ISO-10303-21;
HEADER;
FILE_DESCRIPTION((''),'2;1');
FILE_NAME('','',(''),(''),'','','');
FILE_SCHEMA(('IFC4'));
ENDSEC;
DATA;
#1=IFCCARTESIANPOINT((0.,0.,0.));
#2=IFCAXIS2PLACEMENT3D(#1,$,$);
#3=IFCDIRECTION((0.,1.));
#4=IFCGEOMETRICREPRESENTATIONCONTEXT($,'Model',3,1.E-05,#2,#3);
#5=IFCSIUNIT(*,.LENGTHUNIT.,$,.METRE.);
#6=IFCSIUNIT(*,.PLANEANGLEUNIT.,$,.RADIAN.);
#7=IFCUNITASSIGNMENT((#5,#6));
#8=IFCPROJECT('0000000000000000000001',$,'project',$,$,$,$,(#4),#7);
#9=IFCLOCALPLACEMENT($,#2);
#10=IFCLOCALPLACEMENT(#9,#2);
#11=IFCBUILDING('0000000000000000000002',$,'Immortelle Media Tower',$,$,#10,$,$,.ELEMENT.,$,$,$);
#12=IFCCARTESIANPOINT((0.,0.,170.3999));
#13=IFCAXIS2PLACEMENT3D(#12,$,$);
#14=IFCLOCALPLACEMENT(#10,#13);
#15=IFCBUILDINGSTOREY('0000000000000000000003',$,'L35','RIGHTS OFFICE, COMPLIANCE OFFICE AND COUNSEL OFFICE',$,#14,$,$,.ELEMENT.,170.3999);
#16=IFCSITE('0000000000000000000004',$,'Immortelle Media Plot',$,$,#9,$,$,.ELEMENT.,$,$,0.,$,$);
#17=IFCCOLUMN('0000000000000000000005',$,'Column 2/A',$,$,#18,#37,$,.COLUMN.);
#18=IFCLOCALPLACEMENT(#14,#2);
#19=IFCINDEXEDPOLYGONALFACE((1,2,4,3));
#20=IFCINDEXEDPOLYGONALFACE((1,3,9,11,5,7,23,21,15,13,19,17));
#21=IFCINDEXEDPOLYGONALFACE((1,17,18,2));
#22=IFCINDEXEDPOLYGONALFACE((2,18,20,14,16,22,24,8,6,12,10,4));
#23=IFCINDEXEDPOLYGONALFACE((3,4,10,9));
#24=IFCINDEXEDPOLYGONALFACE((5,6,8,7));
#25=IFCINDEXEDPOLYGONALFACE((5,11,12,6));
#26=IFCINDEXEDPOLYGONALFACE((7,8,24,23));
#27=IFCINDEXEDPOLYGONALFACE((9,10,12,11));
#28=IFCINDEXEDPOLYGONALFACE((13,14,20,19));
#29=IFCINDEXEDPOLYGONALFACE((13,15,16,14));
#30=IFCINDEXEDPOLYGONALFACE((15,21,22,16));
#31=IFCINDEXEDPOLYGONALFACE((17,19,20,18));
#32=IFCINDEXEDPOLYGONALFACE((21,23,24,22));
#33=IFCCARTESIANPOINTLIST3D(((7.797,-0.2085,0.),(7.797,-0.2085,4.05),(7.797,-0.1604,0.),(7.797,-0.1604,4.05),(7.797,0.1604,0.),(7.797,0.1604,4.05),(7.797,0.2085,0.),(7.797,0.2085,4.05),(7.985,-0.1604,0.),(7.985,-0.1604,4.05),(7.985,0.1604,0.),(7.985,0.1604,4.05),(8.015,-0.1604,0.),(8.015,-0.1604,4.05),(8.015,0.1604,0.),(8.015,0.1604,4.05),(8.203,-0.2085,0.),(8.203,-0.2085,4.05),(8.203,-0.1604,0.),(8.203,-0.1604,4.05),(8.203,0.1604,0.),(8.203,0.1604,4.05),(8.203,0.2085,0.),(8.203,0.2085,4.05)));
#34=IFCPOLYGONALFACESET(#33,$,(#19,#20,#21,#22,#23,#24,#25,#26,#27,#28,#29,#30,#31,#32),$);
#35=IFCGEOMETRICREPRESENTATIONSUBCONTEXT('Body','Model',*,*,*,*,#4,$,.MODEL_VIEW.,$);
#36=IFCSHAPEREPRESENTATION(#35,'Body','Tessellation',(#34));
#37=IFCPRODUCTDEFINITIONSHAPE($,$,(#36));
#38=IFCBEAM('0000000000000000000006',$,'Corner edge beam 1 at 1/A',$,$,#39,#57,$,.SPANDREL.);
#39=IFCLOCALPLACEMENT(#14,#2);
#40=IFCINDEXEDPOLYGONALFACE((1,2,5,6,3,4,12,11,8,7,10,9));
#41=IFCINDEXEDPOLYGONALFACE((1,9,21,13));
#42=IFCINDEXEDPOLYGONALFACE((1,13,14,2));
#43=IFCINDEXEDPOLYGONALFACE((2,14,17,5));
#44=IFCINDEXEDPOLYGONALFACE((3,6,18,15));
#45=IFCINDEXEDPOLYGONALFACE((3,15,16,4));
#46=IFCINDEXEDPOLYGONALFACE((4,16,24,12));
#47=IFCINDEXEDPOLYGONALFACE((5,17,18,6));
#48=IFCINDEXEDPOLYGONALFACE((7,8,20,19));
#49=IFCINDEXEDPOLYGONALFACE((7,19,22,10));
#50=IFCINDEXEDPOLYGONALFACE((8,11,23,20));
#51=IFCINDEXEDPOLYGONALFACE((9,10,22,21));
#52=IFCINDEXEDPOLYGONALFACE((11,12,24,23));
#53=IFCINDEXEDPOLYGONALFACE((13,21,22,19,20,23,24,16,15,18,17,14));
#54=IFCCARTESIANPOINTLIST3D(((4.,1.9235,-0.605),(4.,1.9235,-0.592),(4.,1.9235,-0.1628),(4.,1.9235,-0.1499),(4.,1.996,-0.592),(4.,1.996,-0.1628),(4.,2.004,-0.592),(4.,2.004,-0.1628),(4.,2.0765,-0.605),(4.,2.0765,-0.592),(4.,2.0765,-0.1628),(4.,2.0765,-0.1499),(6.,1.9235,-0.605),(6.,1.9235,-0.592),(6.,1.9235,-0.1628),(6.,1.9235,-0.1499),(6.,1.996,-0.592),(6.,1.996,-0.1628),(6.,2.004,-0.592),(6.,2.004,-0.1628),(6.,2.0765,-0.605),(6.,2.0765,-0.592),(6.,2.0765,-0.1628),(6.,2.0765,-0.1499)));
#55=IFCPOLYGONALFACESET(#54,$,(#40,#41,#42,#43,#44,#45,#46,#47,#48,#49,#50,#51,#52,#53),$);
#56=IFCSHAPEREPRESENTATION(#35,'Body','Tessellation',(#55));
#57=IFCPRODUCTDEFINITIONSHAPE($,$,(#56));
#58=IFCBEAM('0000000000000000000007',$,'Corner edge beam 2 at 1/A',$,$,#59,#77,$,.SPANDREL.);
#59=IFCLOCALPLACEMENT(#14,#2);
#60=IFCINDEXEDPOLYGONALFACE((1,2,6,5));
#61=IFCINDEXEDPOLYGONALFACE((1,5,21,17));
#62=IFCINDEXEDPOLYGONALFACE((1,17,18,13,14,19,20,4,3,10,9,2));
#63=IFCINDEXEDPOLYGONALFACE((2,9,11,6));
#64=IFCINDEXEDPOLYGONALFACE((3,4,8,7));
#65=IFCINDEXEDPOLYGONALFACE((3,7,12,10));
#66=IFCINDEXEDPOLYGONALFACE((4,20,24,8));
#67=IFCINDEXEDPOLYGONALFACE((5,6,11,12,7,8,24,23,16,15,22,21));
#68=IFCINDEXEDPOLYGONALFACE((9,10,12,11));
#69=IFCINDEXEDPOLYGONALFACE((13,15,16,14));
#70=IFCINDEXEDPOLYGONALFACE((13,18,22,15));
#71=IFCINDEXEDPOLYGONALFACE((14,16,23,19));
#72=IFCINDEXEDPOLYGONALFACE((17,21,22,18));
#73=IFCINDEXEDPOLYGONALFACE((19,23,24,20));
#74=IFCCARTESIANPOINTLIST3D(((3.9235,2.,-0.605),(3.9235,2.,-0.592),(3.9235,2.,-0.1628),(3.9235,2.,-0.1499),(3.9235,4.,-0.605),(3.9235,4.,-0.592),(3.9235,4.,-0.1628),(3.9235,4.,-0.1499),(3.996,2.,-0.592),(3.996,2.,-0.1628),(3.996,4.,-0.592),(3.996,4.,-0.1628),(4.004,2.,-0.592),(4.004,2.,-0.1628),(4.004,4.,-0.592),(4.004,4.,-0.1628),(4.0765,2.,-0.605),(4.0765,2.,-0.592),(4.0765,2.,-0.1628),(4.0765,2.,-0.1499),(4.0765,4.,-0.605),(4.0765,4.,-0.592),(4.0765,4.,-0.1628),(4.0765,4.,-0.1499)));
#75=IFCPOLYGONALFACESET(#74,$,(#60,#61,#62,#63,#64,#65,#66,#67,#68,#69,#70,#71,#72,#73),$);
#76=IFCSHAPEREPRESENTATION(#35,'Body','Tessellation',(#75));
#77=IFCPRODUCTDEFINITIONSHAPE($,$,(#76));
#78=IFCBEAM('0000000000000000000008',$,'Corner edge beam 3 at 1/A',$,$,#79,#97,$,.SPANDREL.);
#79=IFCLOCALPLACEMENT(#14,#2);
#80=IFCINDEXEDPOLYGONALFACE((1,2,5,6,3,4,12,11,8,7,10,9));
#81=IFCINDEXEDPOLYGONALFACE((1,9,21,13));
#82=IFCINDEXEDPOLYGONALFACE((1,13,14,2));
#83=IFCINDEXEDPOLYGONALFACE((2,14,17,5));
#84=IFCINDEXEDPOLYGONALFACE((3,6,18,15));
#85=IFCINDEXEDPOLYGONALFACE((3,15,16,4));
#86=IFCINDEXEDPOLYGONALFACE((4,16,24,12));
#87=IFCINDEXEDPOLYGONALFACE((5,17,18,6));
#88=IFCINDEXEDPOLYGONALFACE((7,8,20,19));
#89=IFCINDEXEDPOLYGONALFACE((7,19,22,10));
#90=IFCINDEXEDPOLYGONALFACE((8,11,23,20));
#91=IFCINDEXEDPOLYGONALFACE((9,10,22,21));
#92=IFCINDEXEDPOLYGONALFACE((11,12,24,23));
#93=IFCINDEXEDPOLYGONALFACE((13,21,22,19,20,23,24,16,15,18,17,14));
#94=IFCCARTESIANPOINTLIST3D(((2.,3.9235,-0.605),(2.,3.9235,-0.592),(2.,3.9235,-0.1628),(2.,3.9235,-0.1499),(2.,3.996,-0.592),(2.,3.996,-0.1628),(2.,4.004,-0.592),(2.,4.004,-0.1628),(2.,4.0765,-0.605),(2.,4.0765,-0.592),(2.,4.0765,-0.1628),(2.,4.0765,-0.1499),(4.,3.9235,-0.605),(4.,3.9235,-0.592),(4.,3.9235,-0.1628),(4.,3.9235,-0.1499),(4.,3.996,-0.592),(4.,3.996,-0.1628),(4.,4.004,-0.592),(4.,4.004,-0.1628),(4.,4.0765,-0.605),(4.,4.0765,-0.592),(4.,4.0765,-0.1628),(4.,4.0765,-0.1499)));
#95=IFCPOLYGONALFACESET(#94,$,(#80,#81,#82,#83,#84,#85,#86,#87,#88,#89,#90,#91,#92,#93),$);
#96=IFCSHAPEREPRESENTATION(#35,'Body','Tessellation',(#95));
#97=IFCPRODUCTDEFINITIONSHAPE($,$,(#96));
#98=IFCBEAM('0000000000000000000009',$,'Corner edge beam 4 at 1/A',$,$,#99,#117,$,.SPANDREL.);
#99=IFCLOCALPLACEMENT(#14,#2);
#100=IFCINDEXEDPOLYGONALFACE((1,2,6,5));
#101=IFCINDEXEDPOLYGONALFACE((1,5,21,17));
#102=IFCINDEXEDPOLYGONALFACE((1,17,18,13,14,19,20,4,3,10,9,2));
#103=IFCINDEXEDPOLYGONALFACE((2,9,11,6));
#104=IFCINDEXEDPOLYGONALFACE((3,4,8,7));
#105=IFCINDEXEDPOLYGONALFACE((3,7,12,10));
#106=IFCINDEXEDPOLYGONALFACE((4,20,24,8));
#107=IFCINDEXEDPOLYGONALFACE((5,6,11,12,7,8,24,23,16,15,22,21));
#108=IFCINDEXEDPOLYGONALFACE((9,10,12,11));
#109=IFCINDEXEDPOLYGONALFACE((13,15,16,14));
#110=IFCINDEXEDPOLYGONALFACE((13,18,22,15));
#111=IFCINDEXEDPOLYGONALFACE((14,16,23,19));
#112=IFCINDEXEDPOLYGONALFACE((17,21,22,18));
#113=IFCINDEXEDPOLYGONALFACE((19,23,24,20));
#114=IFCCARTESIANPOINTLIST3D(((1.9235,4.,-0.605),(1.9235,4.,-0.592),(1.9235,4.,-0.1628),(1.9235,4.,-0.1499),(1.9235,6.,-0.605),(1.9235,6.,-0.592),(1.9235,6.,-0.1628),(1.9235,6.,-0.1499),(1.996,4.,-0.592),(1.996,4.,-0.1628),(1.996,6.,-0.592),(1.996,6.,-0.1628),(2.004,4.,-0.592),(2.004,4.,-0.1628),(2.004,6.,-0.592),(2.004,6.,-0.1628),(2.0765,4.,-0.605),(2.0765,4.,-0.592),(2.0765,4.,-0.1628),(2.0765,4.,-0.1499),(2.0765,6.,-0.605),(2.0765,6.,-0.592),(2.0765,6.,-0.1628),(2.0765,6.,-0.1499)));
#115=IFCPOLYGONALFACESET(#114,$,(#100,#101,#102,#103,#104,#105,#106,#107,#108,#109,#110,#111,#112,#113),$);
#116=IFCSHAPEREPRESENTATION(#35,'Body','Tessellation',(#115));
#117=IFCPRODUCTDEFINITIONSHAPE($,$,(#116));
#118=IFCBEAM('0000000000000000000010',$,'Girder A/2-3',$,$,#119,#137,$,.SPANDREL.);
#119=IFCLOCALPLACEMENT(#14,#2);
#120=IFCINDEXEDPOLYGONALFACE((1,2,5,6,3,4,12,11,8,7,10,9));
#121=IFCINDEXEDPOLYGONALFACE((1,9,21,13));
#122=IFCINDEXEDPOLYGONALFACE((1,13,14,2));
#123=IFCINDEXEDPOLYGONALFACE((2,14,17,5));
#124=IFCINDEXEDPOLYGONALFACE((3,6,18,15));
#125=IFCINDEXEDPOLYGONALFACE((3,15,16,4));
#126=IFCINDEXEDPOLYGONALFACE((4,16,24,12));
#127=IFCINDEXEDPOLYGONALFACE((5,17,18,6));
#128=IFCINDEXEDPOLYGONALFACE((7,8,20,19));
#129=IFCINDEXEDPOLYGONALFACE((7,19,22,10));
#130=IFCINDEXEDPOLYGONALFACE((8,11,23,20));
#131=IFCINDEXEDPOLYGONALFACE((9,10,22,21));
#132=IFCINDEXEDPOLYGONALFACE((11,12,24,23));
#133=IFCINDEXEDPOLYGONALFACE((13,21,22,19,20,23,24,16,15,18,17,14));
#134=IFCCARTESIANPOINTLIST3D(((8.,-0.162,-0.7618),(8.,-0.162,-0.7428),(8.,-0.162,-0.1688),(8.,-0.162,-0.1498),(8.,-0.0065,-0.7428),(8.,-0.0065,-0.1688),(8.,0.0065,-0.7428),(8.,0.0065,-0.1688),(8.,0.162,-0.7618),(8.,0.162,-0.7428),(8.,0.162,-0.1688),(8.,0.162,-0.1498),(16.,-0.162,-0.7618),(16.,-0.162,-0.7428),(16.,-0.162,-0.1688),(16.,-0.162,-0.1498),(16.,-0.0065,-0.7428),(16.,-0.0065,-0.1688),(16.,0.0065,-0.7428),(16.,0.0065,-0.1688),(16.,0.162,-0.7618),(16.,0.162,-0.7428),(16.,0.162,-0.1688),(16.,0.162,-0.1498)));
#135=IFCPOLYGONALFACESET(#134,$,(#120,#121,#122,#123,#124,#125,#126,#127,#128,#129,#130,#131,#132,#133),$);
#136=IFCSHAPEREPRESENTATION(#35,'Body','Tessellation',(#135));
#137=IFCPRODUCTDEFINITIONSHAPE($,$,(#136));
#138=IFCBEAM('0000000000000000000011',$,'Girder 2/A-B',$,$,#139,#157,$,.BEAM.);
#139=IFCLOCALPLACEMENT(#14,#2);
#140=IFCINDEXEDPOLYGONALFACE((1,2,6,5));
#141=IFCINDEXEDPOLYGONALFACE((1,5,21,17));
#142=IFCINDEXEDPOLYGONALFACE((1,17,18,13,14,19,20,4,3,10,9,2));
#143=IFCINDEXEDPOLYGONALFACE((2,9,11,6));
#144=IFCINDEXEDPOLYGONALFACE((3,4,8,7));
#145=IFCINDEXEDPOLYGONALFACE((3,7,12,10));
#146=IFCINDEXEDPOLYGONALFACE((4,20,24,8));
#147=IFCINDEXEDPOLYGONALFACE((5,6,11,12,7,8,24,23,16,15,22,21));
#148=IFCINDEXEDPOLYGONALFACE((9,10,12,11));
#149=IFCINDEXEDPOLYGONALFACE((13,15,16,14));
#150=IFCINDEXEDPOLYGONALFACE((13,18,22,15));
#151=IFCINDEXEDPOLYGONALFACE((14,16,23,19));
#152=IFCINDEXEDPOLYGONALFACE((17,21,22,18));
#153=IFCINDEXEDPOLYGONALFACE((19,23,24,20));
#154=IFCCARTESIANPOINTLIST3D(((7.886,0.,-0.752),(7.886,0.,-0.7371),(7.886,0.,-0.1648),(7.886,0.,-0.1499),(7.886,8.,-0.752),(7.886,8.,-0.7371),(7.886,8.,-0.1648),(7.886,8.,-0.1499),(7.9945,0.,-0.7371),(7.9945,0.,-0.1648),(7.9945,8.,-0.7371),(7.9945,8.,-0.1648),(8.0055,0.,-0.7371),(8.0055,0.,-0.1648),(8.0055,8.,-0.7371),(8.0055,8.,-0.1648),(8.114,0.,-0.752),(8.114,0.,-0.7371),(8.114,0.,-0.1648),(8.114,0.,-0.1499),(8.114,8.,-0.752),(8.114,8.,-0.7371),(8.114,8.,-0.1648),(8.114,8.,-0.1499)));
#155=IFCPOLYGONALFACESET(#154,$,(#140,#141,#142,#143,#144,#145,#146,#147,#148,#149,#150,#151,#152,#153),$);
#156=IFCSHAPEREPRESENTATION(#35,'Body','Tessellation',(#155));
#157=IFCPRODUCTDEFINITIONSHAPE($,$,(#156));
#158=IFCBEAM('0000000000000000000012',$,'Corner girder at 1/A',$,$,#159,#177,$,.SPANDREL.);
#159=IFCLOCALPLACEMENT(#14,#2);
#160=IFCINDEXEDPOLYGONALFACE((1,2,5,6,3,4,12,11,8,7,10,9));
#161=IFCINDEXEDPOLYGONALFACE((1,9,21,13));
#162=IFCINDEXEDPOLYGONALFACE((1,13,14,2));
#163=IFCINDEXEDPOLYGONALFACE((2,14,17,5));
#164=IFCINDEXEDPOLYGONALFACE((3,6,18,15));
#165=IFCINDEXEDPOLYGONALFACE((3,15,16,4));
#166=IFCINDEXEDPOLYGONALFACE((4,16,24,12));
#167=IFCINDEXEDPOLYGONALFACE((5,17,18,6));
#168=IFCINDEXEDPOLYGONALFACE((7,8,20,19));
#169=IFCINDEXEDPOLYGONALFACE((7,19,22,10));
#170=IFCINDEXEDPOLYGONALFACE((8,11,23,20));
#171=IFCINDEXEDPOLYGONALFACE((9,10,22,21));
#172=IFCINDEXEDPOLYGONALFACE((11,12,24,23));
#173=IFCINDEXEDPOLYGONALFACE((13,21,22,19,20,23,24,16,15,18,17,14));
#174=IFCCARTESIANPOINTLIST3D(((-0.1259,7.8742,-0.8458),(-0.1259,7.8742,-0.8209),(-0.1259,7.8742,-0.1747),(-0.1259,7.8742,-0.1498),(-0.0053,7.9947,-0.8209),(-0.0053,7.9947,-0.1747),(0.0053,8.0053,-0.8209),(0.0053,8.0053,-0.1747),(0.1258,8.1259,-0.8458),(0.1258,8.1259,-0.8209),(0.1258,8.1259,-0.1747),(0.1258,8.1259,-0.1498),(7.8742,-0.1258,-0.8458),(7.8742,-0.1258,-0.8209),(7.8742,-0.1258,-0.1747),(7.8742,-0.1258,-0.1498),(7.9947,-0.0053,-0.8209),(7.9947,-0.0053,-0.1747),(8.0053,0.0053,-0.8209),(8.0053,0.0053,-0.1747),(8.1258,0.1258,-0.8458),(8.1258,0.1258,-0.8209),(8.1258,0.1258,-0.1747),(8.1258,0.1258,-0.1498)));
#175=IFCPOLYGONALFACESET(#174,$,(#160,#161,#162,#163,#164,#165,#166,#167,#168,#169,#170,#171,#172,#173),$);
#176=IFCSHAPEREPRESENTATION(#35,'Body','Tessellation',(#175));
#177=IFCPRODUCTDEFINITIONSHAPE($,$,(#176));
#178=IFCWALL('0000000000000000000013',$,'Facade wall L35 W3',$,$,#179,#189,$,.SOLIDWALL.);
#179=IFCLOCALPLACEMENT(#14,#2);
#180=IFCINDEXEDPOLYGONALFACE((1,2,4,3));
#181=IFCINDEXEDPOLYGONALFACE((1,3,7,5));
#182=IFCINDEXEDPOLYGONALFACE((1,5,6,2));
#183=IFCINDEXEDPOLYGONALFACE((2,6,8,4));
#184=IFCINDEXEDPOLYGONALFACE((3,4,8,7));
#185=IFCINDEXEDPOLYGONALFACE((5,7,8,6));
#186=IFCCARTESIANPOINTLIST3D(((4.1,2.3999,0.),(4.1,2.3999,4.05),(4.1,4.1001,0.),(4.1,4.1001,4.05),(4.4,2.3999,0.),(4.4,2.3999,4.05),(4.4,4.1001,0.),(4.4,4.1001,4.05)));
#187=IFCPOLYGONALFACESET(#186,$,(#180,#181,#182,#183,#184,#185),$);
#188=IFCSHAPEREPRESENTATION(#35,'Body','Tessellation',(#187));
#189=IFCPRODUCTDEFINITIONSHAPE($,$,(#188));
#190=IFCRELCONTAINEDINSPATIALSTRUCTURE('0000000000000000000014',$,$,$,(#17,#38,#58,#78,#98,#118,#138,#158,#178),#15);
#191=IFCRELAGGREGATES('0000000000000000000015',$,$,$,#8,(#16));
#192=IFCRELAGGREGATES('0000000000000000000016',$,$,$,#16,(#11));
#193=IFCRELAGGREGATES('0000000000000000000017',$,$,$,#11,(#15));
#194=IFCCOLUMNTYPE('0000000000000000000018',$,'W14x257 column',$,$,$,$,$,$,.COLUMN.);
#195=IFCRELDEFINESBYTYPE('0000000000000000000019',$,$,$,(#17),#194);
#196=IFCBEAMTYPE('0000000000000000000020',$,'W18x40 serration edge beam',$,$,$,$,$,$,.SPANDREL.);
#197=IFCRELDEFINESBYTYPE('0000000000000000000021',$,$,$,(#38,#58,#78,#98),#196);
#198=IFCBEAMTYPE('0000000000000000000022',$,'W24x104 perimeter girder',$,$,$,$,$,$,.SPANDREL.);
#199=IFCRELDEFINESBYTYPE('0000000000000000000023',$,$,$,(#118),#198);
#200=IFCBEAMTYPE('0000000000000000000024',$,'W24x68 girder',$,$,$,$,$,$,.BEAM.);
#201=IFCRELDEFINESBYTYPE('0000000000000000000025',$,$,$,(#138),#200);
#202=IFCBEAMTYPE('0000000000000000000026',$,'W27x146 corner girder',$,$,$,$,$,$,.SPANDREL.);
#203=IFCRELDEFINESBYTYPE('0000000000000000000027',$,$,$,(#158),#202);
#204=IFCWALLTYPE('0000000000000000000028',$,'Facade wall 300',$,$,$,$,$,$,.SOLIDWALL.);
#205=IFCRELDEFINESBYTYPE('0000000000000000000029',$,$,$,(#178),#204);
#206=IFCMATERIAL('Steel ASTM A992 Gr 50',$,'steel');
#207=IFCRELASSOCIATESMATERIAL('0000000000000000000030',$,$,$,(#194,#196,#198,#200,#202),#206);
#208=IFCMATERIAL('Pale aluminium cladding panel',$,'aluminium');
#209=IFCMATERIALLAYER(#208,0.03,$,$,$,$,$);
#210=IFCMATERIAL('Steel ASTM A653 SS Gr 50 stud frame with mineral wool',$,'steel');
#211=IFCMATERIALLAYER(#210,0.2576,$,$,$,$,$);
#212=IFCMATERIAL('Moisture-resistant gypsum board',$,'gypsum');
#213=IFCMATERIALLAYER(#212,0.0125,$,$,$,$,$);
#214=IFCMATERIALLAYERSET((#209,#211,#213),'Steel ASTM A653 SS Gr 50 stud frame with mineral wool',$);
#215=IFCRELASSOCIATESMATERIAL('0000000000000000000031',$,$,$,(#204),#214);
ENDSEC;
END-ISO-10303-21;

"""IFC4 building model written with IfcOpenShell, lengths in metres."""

from ifc_helpers import new_model, si_unit, direction, frame, frame_2d, origin, origin_2d, place, context, subcontext, project, spatial, rectangle, i_section, extrude, material, layer, layer_set, material_profile, profile_set, type_object, element, save


model = new_model("IFC4")

# Units and contexts
model_context = context("Model", 3, precision=1e-05, world=origin(), true_north=direction((0.0, 1.0)))
body_context = subcontext(model_context, "Body", "Model", "MODEL_VIEW")
ifc_project = project(units=[si_unit("LENGTHUNIT", "METRE"), si_unit("PLANEANGLEUNIT", "RADIAN")], contexts=[model_context])

# Site, building, storey
site_placement = place(None, origin())
site = spatial("IfcSite", under=ifc_project, at=site_placement, Name="Immortelle Media Plot", CompositionType="ELEMENT", RefElevation=0.0)
building_placement = place(site_placement, origin())
building = spatial("IfcBuilding", under=site, at=building_placement, Name="Immortelle Media Tower", CompositionType="ELEMENT")
storey_placement = place(building_placement, frame((0.0, 0.0, 170.3999)))
storey = spatial("IfcBuildingStorey", under=building, at=storey_placement, Name="L35", Description="RIGHTS OFFICE, COMPLIANCE OFFICE AND COUNSEL OFFICE", CompositionType="ELEMENT", Elevation=170.3999)

# Column
ifc_material_1 = material(Name="Steel ASTM A992 Gr 50", Category="steel")
ifc_material_profile_1 = material_profile(ifc_material_1, i_section(OverallWidth=0.406, OverallDepth=0.417, WebThickness=0.03, FlangeThickness=0.0481, at=origin_2d()), Name="W14x257")
ifc_profile_set_1 = profile_set([ifc_material_profile_1], Name="Steel ASTM A992 Gr 50")
column_type = type_object("IfcColumnType", Name="W14x257 column", PredefinedType="COLUMN", material=ifc_profile_set_1)
column_placement = place(storey_placement, frame((8.0, 0.0, 0.0), z_axis=(0.0, 0.0, 1.0), x_axis=(1.0, 0.0, 0.0)))
element("IfcColumn", 1, at=column_placement, inside=storey, type_object=column_type, Name="Column 2/A", PredefinedType="COLUMN", context=body_context, shape_type="SweptSolid", body=[
    extrude(i_section(OverallWidth=0.406, OverallDepth=0.417, WebThickness=0.03, FlangeThickness=0.0481, at=origin_2d()), origin(), (0.0, 0.0, 1.0), 4.05),
])

# Beams
ifc_material_profile_2 = material_profile(ifc_material_1, i_section(OverallWidth=0.1531, OverallDepth=0.4551, WebThickness=0.0081, FlangeThickness=0.0129, at=origin_2d()), Name="W18x40")
ifc_profile_set_2 = profile_set([ifc_material_profile_2], Name="Steel ASTM A992 Gr 50")
beam_type_1 = type_object("IfcBeamType", Name="W18x40 serration edge beam", PredefinedType="SPANDREL", material=ifc_profile_set_2)
for number, where, z_axis, x_axis, name in (
    (2, (6.0, 2.0, -0.3774), (-1.0, 0.0, 0.0), (0.0, -1.0, 0.0), "Corner edge beam 1 at 1/A"),
    (3, (4.0, 2.0, -0.3774), (0.0, 1.0, 0.0), (-1.0, 0.0, 0.0), "Corner edge beam 2 at 1/A"),
    (4, (4.0, 4.0, -0.3774), (-1.0, 0.0, 0.0), (0.0, -1.0, 0.0), "Corner edge beam 3 at 1/A"),
    (5, (2.0, 4.0, -0.3774), (0.0, 1.0, 0.0), (-1.0, 0.0, 0.0), "Corner edge beam 4 at 1/A"),
):
    element("IfcBeam", number, at=place(storey_placement, frame(where, z_axis=z_axis, x_axis=x_axis)), inside=storey, type_object=beam_type_1, Name=name, PredefinedType="SPANDREL", context=body_context, shape_type="SweptSolid", body=[
        extrude(i_section(OverallWidth=0.1531, OverallDepth=0.4551, WebThickness=0.0081, FlangeThickness=0.0129, at=origin_2d()), origin(), (0.0, 0.0, 1.0), 2.0),
    ])
ifc_material_profile_3 = material_profile(ifc_material_1, i_section(OverallWidth=0.324, OverallDepth=0.6121, WebThickness=0.0129, FlangeThickness=0.019, at=origin_2d()), Name="W24x104")
ifc_profile_set_3 = profile_set([ifc_material_profile_3], Name="Steel ASTM A992 Gr 50")
beam_type_2 = type_object("IfcBeamType", Name="W24x104 perimeter girder", PredefinedType="SPANDREL", material=ifc_profile_set_3)
beam_1_placement = place(storey_placement, frame((8.0, 0.0, -0.4558), z_axis=(1.0, 0.0, 0.0), x_axis=(0.0, 1.0, 0.0)))
element("IfcBeam", 6, at=beam_1_placement, inside=storey, type_object=beam_type_2, Name="Girder A/2-3", PredefinedType="SPANDREL", context=body_context, shape_type="SweptSolid", body=[
    extrude(i_section(OverallWidth=0.324, OverallDepth=0.6121, WebThickness=0.0129, FlangeThickness=0.019, at=origin_2d()), origin(), (0.0, 0.0, 1.0), 8.0),
])
ifc_material_profile_4 = material_profile(ifc_material_1, i_section(OverallWidth=0.228, OverallDepth=0.6021, WebThickness=0.011, FlangeThickness=0.0149, at=origin_2d()), Name="W24x68")
ifc_profile_set_4 = profile_set([ifc_material_profile_4], Name="Steel ASTM A992 Gr 50")
beam_type_3 = type_object("IfcBeamType", Name="W24x68 girder", PredefinedType="BEAM", material=ifc_profile_set_4)
beam_2_placement = place(storey_placement, frame((8.0, 0.0, -0.4509), z_axis=(0.0, 1.0, 0.0), x_axis=(-1.0, 0.0, 0.0)))
element("IfcBeam", 7, at=beam_2_placement, inside=storey, type_object=beam_type_3, Name="Girder 2/A-B", PredefinedType="BEAM", context=body_context, shape_type="SweptSolid", body=[
    extrude(i_section(OverallWidth=0.228, OverallDepth=0.6021, WebThickness=0.011, FlangeThickness=0.0149, at=origin_2d()), origin(), (0.0, 0.0, 1.0), 8.0),
])
ifc_material_profile_5 = material_profile(ifc_material_1, i_section(OverallWidth=0.356, OverallDepth=0.696, WebThickness=0.0149, FlangeThickness=0.0249, at=origin_2d()), Name="W27x146")
ifc_profile_set_5 = profile_set([ifc_material_profile_5], Name="Steel ASTM A992 Gr 50")
beam_type_4 = type_object("IfcBeamType", Name="W27x146 corner girder", PredefinedType="SPANDREL", material=ifc_profile_set_5)
beam_3_placement = place(storey_placement, frame((8.0, 0.0, -0.4978), z_axis=(-0.707107, 0.707107, 0.0), x_axis=(-0.707107, -0.707107, 0.0)))
element("IfcBeam", 8, at=beam_3_placement, inside=storey, type_object=beam_type_4, Name="Corner girder at 1/A", PredefinedType="SPANDREL", context=body_context, shape_type="SweptSolid", body=[
    extrude(i_section(OverallWidth=0.356, OverallDepth=0.696, WebThickness=0.0149, FlangeThickness=0.0249, at=origin_2d()), origin(), (0.0, 0.0, 1.0), 11.3137),
])

# Wall
ifc_material_2 = material(Name="Pale aluminium cladding panel", Category="aluminium")
ifc_layer_1 = layer(ifc_material_2, 0.03)
ifc_material_3 = material(Name="Steel ASTM A653 SS Gr 50 stud frame with mineral wool", Category="steel")
ifc_layer_2 = layer(ifc_material_3, 0.2576)
ifc_material_4 = material(Name="Moisture-resistant gypsum board", Category="gypsum")
ifc_layer_3 = layer(ifc_material_4, 0.0125)
ifc_layer_set_1 = layer_set([ifc_layer_1, ifc_layer_2, ifc_layer_3], Name="Steel ASTM A653 SS Gr 50 stud frame with mineral wool")
wall_type_1 = type_object("IfcWallType", Name="Facade wall 300", PredefinedType="SOLIDWALL", material=ifc_layer_set_1)
wall_1_placement = place(storey_placement, frame((4.25, 4.1001, 0.0), z_axis=(0.0, 0.0, 1.0), x_axis=(0.0, -1.0, 0.0)))
element("IfcWall", 9, at=wall_1_placement, inside=storey, type_object=wall_type_1, Name="Facade wall L35 W3", PredefinedType="SOLIDWALL", context=body_context, shape_type="SweptSolid", body=[
    extrude(rectangle(XDim=1.7002, YDim=0.3, at=frame_2d((0.8501, 0.0))), origin(), (0.0, 0.0, 1.0), 4.05),
])

save(model, "model.ifc")
